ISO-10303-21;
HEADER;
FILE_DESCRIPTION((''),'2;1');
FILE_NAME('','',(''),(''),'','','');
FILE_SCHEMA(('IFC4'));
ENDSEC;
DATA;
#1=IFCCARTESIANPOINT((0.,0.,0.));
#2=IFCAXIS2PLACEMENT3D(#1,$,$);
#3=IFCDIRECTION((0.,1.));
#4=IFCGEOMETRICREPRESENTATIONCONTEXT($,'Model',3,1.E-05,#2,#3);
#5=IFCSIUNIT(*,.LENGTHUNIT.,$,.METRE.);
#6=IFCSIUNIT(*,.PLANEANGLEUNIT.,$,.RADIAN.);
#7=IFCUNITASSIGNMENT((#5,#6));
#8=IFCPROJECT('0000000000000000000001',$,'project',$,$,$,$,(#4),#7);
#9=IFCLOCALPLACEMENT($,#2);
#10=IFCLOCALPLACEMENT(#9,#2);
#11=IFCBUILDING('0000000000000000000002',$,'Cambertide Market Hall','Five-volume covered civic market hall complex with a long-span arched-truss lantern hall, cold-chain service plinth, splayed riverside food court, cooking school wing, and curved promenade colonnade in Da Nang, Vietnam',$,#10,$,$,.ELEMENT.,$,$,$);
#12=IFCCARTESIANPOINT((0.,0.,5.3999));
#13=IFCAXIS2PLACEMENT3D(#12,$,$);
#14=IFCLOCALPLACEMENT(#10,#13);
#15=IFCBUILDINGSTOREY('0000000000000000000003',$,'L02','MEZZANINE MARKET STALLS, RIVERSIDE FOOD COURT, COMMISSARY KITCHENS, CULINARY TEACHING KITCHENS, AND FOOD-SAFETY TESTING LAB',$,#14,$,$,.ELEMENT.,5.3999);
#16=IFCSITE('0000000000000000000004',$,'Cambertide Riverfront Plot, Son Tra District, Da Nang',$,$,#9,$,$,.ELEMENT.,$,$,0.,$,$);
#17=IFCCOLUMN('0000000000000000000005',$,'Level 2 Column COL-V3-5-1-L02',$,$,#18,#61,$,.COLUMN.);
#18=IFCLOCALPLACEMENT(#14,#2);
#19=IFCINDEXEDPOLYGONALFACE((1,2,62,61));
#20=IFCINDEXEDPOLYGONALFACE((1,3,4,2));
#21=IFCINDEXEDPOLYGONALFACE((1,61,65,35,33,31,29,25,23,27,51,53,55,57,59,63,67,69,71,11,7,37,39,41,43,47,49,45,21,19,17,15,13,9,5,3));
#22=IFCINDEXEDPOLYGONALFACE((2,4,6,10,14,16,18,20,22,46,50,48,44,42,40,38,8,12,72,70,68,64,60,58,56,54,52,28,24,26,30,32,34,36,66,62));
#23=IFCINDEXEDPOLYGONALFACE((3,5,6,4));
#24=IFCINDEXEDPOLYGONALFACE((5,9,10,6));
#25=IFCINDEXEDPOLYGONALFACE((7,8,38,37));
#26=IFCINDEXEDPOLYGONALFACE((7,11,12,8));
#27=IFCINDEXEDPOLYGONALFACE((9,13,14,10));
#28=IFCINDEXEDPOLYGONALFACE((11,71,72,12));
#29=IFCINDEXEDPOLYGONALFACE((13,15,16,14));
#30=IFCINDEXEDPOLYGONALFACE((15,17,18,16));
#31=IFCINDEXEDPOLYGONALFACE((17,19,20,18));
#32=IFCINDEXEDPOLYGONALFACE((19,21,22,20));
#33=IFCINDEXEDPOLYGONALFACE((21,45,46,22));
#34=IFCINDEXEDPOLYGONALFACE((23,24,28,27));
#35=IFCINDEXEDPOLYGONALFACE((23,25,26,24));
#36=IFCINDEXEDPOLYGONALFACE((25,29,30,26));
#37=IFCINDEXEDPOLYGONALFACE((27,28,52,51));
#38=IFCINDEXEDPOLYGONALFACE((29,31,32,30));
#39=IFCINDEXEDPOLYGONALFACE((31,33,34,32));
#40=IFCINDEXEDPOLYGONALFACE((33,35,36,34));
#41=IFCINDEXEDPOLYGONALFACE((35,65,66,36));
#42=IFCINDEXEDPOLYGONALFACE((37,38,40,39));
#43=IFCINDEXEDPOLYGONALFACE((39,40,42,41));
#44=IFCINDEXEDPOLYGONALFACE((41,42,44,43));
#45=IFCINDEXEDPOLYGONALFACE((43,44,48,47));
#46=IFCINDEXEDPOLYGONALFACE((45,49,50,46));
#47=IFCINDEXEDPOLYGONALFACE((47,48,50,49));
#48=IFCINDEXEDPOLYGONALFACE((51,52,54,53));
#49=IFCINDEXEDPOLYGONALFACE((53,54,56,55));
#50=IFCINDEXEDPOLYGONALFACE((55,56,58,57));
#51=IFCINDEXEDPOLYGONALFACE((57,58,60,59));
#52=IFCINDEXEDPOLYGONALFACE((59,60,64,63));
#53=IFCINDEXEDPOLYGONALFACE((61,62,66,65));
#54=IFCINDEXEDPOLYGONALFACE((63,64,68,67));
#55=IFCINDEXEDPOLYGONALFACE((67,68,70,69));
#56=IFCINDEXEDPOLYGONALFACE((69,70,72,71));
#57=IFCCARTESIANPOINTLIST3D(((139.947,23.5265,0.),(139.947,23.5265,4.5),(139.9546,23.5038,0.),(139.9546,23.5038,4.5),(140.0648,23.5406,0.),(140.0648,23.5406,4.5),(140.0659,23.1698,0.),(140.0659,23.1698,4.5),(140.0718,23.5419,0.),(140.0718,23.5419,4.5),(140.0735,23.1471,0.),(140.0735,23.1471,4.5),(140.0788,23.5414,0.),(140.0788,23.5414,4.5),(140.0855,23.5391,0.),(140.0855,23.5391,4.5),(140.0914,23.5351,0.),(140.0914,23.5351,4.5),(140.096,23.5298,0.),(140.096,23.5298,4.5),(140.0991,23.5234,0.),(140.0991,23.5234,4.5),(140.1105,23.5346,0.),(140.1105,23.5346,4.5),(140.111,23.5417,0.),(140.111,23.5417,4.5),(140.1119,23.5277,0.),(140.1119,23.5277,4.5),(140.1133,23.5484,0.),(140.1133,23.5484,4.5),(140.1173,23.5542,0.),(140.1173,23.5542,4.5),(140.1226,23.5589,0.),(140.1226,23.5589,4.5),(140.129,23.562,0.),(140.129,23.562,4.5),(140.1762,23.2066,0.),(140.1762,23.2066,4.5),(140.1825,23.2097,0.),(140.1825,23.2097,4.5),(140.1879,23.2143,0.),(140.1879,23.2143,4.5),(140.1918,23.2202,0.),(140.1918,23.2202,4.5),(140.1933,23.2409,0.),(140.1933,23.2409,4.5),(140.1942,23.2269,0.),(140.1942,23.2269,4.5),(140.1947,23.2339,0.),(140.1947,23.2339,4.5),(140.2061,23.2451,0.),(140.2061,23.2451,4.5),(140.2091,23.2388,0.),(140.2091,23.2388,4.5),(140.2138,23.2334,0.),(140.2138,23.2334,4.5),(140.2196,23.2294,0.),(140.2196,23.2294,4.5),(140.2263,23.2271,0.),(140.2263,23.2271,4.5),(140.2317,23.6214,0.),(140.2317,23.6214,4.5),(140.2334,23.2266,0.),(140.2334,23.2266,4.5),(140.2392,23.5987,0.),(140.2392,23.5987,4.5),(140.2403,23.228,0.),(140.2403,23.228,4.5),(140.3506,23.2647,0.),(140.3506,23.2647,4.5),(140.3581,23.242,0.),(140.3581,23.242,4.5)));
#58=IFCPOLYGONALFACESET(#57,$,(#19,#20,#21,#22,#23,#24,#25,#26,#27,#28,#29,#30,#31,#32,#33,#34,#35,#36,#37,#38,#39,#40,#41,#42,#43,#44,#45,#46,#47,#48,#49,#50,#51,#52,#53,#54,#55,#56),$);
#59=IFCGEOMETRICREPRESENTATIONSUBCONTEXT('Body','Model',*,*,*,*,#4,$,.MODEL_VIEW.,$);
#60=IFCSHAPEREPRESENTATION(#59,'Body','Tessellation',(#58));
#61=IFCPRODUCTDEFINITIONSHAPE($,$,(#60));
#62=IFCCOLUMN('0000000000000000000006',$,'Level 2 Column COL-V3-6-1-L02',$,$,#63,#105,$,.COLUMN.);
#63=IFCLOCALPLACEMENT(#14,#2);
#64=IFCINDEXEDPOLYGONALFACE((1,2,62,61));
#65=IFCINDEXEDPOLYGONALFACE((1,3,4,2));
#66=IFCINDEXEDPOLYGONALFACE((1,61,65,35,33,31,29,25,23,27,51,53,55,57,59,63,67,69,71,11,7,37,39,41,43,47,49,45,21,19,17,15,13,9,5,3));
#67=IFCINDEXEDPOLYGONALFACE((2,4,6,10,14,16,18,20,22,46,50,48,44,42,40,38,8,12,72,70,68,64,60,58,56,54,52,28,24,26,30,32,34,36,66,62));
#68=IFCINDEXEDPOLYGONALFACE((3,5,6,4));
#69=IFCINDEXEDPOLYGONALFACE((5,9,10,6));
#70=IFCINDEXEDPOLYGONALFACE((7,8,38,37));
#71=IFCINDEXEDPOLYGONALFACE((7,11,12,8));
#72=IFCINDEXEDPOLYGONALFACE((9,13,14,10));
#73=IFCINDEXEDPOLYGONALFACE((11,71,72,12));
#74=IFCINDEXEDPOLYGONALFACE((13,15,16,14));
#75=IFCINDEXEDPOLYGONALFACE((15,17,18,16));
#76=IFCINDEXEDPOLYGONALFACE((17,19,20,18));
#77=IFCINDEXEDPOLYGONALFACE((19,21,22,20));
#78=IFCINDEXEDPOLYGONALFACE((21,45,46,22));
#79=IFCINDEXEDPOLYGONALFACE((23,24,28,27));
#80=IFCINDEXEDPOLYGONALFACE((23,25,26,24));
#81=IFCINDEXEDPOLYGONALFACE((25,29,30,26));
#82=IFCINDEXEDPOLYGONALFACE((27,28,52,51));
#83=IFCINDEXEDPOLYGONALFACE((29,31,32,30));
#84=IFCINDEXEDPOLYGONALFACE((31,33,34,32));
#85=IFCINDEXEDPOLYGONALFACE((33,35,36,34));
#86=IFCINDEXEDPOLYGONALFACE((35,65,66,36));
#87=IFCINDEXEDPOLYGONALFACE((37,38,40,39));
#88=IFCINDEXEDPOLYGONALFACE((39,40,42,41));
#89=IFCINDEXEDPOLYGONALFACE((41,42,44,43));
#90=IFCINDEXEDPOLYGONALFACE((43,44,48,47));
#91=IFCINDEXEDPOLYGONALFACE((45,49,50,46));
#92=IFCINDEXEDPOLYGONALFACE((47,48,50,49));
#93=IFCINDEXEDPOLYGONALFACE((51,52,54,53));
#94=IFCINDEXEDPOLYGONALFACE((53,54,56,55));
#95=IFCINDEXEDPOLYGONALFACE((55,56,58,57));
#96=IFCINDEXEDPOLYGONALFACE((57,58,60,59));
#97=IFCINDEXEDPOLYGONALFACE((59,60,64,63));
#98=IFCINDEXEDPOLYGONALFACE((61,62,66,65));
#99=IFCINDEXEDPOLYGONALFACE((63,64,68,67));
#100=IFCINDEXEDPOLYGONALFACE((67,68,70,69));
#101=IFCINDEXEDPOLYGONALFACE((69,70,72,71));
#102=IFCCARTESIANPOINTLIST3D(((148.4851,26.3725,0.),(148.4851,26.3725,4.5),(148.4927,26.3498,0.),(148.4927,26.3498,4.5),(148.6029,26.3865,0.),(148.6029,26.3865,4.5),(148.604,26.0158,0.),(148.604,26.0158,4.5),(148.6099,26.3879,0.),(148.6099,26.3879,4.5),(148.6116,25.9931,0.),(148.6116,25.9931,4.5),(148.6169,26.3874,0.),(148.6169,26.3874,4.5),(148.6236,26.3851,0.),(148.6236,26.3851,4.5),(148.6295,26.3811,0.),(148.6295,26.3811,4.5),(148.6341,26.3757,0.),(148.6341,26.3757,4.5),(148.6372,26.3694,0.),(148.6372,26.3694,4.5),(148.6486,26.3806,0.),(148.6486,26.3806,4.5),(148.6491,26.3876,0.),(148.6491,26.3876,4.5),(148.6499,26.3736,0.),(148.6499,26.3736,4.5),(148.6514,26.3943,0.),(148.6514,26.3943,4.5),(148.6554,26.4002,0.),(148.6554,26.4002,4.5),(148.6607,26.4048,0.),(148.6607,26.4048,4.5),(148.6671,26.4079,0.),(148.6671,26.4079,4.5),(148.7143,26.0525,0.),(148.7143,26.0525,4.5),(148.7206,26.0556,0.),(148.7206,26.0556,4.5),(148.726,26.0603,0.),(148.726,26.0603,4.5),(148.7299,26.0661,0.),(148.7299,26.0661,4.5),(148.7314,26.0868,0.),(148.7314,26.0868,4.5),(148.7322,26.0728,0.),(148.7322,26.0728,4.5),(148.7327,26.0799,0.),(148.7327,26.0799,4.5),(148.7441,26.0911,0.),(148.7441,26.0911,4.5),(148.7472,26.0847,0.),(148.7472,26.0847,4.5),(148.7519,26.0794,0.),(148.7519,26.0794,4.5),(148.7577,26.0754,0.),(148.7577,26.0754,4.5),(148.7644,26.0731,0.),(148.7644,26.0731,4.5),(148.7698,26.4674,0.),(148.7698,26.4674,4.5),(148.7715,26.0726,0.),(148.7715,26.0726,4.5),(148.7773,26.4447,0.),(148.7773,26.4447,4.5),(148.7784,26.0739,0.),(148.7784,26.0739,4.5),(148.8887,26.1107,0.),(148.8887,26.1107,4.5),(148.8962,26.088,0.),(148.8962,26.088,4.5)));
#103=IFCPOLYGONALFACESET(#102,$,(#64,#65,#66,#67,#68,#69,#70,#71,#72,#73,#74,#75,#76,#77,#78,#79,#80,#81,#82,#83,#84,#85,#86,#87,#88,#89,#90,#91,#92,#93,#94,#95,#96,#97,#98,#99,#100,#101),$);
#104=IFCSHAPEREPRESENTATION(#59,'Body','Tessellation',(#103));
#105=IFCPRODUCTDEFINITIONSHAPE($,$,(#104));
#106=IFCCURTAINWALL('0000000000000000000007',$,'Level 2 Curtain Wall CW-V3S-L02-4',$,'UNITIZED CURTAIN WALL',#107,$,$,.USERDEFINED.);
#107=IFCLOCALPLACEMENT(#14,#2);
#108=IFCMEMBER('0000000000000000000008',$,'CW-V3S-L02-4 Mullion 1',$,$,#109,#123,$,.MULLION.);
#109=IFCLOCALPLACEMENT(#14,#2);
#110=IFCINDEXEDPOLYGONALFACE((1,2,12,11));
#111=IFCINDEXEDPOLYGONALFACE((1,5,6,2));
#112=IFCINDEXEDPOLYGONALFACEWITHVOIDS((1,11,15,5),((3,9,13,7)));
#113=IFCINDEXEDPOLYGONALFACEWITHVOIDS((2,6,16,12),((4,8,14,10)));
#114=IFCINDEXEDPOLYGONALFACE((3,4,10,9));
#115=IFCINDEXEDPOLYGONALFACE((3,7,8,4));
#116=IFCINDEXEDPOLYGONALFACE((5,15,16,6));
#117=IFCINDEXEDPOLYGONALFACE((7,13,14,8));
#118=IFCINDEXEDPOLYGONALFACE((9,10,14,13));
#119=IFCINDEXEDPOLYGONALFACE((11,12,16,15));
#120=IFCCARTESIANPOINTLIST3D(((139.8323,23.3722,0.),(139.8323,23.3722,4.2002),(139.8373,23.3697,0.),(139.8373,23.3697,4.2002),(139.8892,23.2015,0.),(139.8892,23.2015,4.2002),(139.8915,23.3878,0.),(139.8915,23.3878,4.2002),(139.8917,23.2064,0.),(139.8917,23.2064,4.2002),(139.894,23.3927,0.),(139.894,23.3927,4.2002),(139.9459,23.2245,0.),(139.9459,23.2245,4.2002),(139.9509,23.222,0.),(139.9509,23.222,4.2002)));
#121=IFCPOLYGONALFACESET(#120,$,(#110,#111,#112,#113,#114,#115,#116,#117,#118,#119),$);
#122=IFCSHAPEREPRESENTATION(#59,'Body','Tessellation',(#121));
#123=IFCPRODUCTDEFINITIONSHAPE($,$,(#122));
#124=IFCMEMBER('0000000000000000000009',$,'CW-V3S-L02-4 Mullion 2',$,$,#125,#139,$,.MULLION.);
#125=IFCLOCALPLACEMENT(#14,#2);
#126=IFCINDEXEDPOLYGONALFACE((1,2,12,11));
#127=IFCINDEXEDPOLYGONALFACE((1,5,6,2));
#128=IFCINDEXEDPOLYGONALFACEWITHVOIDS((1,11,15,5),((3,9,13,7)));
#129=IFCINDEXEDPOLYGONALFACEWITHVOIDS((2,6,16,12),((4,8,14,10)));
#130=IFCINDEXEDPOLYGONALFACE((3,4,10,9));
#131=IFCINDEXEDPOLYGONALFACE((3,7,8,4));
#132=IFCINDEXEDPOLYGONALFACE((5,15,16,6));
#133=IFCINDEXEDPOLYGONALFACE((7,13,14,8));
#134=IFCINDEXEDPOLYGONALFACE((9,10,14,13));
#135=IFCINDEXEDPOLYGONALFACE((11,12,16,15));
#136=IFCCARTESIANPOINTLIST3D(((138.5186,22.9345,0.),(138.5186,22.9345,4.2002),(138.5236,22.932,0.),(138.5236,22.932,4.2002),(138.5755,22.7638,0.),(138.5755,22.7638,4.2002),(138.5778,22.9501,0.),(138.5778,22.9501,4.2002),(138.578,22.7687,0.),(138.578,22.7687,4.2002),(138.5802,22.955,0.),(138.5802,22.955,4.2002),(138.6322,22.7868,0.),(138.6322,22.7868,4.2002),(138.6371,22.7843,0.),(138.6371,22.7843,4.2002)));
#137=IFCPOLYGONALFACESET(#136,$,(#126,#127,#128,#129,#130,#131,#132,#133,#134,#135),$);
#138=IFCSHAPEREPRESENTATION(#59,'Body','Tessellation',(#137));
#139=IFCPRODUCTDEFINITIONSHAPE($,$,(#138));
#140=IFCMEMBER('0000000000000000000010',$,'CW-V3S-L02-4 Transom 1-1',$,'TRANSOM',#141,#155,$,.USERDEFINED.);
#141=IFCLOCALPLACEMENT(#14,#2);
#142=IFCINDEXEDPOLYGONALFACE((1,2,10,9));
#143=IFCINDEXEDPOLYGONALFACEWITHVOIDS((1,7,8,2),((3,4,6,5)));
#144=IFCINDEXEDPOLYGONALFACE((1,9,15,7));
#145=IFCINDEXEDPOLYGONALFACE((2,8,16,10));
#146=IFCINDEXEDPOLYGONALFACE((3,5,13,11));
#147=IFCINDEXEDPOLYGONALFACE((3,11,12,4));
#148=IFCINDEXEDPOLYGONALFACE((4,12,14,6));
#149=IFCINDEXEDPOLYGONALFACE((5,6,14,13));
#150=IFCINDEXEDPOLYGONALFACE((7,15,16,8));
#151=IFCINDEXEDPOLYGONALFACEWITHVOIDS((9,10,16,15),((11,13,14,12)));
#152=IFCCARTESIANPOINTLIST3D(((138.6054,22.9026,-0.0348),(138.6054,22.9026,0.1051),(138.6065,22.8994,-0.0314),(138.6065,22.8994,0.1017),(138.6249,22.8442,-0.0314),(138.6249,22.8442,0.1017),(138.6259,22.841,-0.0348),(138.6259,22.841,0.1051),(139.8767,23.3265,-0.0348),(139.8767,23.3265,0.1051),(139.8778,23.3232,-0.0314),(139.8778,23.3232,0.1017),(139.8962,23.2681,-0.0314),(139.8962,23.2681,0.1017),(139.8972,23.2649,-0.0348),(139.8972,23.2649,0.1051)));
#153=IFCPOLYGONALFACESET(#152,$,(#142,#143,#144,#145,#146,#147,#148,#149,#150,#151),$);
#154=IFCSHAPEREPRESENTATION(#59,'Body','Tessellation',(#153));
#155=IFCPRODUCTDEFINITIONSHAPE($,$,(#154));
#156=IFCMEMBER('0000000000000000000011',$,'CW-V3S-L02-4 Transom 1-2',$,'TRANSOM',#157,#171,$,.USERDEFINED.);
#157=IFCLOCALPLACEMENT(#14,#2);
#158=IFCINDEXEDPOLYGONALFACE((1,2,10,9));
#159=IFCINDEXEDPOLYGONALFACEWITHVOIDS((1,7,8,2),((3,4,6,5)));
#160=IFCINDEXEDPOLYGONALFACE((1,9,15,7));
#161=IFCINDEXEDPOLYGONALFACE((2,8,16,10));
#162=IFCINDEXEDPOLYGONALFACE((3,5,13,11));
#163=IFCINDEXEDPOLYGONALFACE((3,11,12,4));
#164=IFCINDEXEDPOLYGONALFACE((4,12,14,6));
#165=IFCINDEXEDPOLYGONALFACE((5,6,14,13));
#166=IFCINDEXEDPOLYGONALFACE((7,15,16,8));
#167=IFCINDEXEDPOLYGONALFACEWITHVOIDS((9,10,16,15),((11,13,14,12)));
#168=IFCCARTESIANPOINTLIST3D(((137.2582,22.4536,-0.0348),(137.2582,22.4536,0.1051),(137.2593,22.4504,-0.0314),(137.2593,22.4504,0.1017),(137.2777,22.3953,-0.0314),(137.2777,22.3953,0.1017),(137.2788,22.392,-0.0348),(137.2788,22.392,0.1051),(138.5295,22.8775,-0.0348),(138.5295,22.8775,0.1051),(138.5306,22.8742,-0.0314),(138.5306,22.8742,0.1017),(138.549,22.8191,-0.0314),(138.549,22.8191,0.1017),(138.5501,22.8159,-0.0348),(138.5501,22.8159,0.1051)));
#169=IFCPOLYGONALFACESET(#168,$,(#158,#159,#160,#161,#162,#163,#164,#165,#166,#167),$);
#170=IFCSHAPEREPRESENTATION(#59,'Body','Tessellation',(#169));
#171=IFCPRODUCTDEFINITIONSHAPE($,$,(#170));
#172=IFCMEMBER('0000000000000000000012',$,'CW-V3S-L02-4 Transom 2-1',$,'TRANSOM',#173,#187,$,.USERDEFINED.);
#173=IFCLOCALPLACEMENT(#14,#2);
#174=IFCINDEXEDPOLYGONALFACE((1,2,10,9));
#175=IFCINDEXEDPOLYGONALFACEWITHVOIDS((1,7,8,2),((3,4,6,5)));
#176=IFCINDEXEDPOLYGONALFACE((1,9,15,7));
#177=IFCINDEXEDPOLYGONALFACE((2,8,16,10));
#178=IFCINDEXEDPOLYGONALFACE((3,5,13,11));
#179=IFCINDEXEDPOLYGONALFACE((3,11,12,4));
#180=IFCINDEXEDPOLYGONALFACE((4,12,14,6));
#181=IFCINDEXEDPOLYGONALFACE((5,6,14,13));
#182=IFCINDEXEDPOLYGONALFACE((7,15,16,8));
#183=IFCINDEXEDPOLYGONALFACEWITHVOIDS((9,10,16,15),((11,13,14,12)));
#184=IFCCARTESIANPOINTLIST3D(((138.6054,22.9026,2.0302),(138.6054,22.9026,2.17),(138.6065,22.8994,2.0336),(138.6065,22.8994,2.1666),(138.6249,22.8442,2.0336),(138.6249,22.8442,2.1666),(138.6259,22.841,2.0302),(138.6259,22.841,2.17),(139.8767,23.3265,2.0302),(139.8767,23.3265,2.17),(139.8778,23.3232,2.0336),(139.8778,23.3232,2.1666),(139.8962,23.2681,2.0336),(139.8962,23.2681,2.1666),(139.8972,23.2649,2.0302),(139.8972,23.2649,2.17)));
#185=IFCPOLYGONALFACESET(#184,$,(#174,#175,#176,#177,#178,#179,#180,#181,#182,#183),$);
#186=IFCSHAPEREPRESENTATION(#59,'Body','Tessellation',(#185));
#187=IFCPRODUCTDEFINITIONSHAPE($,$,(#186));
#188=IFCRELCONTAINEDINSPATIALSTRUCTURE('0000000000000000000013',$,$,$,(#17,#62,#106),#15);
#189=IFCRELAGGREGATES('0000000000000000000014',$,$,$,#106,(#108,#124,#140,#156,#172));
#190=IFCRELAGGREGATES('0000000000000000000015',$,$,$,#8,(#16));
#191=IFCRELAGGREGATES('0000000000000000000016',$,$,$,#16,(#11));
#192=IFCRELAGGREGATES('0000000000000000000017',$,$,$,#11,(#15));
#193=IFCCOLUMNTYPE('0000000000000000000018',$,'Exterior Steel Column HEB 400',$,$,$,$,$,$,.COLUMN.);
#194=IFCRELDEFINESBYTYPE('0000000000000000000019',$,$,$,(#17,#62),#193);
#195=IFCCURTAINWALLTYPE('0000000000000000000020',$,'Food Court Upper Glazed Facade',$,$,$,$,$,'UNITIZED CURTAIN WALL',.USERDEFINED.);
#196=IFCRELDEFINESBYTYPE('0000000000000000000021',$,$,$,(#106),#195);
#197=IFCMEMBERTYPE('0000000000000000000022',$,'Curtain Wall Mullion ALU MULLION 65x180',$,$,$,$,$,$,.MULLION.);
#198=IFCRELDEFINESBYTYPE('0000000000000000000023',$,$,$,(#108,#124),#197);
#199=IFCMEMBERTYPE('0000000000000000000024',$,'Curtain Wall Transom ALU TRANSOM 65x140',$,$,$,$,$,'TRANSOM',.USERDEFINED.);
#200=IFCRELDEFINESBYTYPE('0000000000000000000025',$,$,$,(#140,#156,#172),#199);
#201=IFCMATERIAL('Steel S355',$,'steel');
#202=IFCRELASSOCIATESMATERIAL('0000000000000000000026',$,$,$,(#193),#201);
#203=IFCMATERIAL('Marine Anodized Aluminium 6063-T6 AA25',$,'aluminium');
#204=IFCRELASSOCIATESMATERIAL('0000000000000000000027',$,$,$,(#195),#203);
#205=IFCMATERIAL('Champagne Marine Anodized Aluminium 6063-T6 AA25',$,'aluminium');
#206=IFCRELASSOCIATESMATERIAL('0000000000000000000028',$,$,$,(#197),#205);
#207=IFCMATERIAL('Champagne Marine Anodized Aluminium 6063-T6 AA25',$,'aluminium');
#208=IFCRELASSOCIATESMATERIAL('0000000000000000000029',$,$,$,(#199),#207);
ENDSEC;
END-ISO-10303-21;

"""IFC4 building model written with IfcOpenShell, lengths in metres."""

from ifc_helpers import new_model, si_unit, direction, frame, origin, origin_2d, place, context, subcontext, project, spatial, hollow_rectangle, i_section, extrude, material, material_profile, profile_set, type_object, element, aggregate, save


model = new_model("IFC4")

# Units and contexts
model_context = context("Model", 3, precision=1e-05, world=origin(), true_north=direction((0.0, 1.0)))
body_context = subcontext(model_context, "Body", "Model", "MODEL_VIEW")
ifc_project = project(units=[si_unit("LENGTHUNIT", "METRE"), si_unit("PLANEANGLEUNIT", "RADIAN")], contexts=[model_context])

# Site, building, storey
site_placement = place(None, origin())
site = spatial("IfcSite", under=ifc_project, at=site_placement, Name="Cambertide Riverfront Plot, Son Tra District, Da Nang", CompositionType="ELEMENT", RefElevation=0.0)
building_placement = place(site_placement, origin())
building = spatial("IfcBuilding", under=site, at=building_placement, Name="Cambertide Market Hall", Description="Five-volume covered civic market hall complex with a long-span arched-truss lantern hall, cold-chain service plinth, splayed riverside food court, cooking school wing, and curved promenade colonnade in Da Nang, Vietnam", CompositionType="ELEMENT")
storey_placement = place(building_placement, frame((0.0, 0.0, 5.3999)))
storey = spatial("IfcBuildingStorey", under=building, at=storey_placement, Name="L02", Description="MEZZANINE MARKET STALLS, RIVERSIDE FOOD COURT, COMMISSARY KITCHENS, CULINARY TEACHING KITCHENS, AND FOOD-SAFETY TESTING LAB", CompositionType="ELEMENT", Elevation=5.3999)

# Columns
ifc_material_1 = material(Name="Steel S355", Category="steel")
ifc_material_profile_1 = material_profile(ifc_material_1, i_section(OverallWidth=0.3, OverallDepth=0.3999, WebThickness=0.0134, FlangeThickness=0.0239, FilletRadius=0.0271, at=origin_2d()), Name="HEB 400")
ifc_profile_set_1 = profile_set([ifc_material_profile_1], Name="Steel S355")
column_type = type_object("IfcColumnType", Name="Exterior Steel Column HEB 400", PredefinedType="COLUMN", material=ifc_profile_set_1)
for number, where, z_axis, x_axis, name in (
    (1, (140.1526, 23.3843, 0.0), (0.0, 0.0, 1.0), (0.948683, 0.316228, 0.0), "Level 2 Column COL-V3-5-1-L02"),
    (2, (148.6907, 26.2302, 0.0), (0.0, 0.0, 1.0), (0.948683, 0.316228, 0.0), "Level 2 Column COL-V3-6-1-L02"),
):
    element("IfcColumn", number, at=place(storey_placement, frame(where, z_axis=z_axis, x_axis=x_axis)), inside=storey, type_object=column_type, Name=name, PredefinedType="COLUMN", context=body_context, shape_type="SweptSolid", body=[
        extrude(i_section(OverallWidth=0.3, OverallDepth=0.3999, WebThickness=0.0134, FlangeThickness=0.0239, FilletRadius=0.0271, at=origin_2d()), origin(), (0.0, 0.0, 1.0), 4.5),
    ])

# Curtain wall, members
ifc_material_2 = material(Name="Marine Anodized Aluminium 6063-T6 AA25", Category="aluminium")
curtain_wall_type = type_object("IfcCurtainWallType", Name="Food Court Upper Glazed Facade", ElementType="UNITIZED CURTAIN WALL", PredefinedType="USERDEFINED", material=ifc_material_2)
curtain_wall_placement = place(storey_placement, origin())
curtain_wall = element("IfcCurtainWall", 3, at=curtain_wall_placement, inside=storey, type_object=curtain_wall_type, Name="Level 2 Curtain Wall CW-V3S-L02-4", ObjectType="UNITIZED CURTAIN WALL", PredefinedType="USERDEFINED")
ifc_material_3 = material(Name="Champagne Marine Anodized Aluminium 6063-T6 AA25", Category="aluminium")
ifc_material_profile_2 = material_profile(ifc_material_3, hollow_rectangle(XDim=0.0649, YDim=0.1799, WallThickness=0.0039, at=origin_2d()), Name="ALU MULLION 65x180")
ifc_profile_set_2 = profile_set([ifc_material_profile_2], Name="Champagne Marine Anodized Aluminium 6063-T6 AA25")
member_type_1 = type_object("IfcMemberType", Name="Curtain Wall Mullion ALU MULLION 65x180", PredefinedType="MULLION", material=ifc_profile_set_2)
member_1_placement = place(storey_placement, frame((139.8916, 23.2971, 0.0), z_axis=(0.0, 0.0, 1.0), x_axis=(-0.948683, -0.316228, 0.0)))
member_1 = element("IfcMember", 4, at=member_1_placement, type_object=member_type_1, Name="CW-V3S-L02-4 Mullion 1", PredefinedType="MULLION", context=body_context, shape_type="SweptSolid", body=[
    extrude(hollow_rectangle(XDim=0.0649, YDim=0.1799, WallThickness=0.0039, at=origin_2d()), origin(), (0.0, 0.0, 1.0), 4.2002),
])
member_2_placement = place(storey_placement, frame((138.5779, 22.8594, 0.0), z_axis=(0.0, 0.0, 1.0), x_axis=(-0.948683, -0.316228, 0.0)))
member_2 = element("IfcMember", 5, at=member_2_placement, type_object=member_type_1, Name="CW-V3S-L02-4 Mullion 2", PredefinedType="MULLION", context=body_context, shape_type="SweptSolid", body=[
    extrude(hollow_rectangle(XDim=0.0649, YDim=0.1799, WallThickness=0.0039, at=origin_2d()), origin(), (0.0, 0.0, 1.0), 4.2002),
])
ifc_material_4 = material(Name="Champagne Marine Anodized Aluminium 6063-T6 AA25", Category="aluminium")
ifc_material_profile_3 = material_profile(ifc_material_4, hollow_rectangle(XDim=0.0649, YDim=0.1399, WallThickness=0.0034, at=origin_2d()), Name="ALU TRANSOM 65x140")
ifc_profile_set_3 = profile_set([ifc_material_profile_3], Name="Champagne Marine Anodized Aluminium 6063-T6 AA25")
member_type_2 = type_object("IfcMemberType", Name="Curtain Wall Transom ALU TRANSOM 65x140", ElementType="TRANSOM", PredefinedType="USERDEFINED", material=ifc_profile_set_3)
member_3_placement = place(storey_placement, frame((139.887, 23.2957, 0.0352), z_axis=(-0.948665, -0.316282, 0.0), x_axis=(0.316282, -0.948665, 0.0)))
member_3 = element("IfcMember", 6, at=member_3_placement, type_object=member_type_2, Name="CW-V3S-L02-4 Transom 1-1", ObjectType="TRANSOM", PredefinedType="USERDEFINED", context=body_context, shape_type="SweptSolid", body=[
    extrude(hollow_rectangle(XDim=0.0649, YDim=0.1399, WallThickness=0.0034, at=origin_2d()), origin(), (0.0, 0.0, 1.0), 1.3401),
])
member_4_placement = place(storey_placement, frame((138.5398, 22.8467, 0.0352), z_axis=(-0.948665, -0.316282, 0.0), x_axis=(0.316282, -0.948665, 0.0)))
member_4 = element("IfcMember", 7, at=member_4_placement, type_object=member_type_2, Name="CW-V3S-L02-4 Transom 1-2", ObjectType="TRANSOM", PredefinedType="USERDEFINED", context=body_context, shape_type="SweptSolid", body=[
    extrude(hollow_rectangle(XDim=0.0649, YDim=0.1399, WallThickness=0.0034, at=origin_2d()), origin(), (0.0, 0.0, 1.0), 1.3401),
])
member_5_placement = place(storey_placement, frame((139.887, 23.2957, 2.1001), z_axis=(-0.948665, -0.316282, 0.0), x_axis=(0.316282, -0.948665, 0.0)))
member_5 = element("IfcMember", 8, at=member_5_placement, type_object=member_type_2, Name="CW-V3S-L02-4 Transom 2-1", ObjectType="TRANSOM", PredefinedType="USERDEFINED", context=body_context, shape_type="SweptSolid", body=[
    extrude(hollow_rectangle(XDim=0.0649, YDim=0.1399, WallThickness=0.0034, at=origin_2d()), origin(), (0.0, 0.0, 1.0), 1.3401),
])

aggregate(curtain_wall, [member_1, member_2, member_3, member_4, member_5])

save(model, "model.ifc")
